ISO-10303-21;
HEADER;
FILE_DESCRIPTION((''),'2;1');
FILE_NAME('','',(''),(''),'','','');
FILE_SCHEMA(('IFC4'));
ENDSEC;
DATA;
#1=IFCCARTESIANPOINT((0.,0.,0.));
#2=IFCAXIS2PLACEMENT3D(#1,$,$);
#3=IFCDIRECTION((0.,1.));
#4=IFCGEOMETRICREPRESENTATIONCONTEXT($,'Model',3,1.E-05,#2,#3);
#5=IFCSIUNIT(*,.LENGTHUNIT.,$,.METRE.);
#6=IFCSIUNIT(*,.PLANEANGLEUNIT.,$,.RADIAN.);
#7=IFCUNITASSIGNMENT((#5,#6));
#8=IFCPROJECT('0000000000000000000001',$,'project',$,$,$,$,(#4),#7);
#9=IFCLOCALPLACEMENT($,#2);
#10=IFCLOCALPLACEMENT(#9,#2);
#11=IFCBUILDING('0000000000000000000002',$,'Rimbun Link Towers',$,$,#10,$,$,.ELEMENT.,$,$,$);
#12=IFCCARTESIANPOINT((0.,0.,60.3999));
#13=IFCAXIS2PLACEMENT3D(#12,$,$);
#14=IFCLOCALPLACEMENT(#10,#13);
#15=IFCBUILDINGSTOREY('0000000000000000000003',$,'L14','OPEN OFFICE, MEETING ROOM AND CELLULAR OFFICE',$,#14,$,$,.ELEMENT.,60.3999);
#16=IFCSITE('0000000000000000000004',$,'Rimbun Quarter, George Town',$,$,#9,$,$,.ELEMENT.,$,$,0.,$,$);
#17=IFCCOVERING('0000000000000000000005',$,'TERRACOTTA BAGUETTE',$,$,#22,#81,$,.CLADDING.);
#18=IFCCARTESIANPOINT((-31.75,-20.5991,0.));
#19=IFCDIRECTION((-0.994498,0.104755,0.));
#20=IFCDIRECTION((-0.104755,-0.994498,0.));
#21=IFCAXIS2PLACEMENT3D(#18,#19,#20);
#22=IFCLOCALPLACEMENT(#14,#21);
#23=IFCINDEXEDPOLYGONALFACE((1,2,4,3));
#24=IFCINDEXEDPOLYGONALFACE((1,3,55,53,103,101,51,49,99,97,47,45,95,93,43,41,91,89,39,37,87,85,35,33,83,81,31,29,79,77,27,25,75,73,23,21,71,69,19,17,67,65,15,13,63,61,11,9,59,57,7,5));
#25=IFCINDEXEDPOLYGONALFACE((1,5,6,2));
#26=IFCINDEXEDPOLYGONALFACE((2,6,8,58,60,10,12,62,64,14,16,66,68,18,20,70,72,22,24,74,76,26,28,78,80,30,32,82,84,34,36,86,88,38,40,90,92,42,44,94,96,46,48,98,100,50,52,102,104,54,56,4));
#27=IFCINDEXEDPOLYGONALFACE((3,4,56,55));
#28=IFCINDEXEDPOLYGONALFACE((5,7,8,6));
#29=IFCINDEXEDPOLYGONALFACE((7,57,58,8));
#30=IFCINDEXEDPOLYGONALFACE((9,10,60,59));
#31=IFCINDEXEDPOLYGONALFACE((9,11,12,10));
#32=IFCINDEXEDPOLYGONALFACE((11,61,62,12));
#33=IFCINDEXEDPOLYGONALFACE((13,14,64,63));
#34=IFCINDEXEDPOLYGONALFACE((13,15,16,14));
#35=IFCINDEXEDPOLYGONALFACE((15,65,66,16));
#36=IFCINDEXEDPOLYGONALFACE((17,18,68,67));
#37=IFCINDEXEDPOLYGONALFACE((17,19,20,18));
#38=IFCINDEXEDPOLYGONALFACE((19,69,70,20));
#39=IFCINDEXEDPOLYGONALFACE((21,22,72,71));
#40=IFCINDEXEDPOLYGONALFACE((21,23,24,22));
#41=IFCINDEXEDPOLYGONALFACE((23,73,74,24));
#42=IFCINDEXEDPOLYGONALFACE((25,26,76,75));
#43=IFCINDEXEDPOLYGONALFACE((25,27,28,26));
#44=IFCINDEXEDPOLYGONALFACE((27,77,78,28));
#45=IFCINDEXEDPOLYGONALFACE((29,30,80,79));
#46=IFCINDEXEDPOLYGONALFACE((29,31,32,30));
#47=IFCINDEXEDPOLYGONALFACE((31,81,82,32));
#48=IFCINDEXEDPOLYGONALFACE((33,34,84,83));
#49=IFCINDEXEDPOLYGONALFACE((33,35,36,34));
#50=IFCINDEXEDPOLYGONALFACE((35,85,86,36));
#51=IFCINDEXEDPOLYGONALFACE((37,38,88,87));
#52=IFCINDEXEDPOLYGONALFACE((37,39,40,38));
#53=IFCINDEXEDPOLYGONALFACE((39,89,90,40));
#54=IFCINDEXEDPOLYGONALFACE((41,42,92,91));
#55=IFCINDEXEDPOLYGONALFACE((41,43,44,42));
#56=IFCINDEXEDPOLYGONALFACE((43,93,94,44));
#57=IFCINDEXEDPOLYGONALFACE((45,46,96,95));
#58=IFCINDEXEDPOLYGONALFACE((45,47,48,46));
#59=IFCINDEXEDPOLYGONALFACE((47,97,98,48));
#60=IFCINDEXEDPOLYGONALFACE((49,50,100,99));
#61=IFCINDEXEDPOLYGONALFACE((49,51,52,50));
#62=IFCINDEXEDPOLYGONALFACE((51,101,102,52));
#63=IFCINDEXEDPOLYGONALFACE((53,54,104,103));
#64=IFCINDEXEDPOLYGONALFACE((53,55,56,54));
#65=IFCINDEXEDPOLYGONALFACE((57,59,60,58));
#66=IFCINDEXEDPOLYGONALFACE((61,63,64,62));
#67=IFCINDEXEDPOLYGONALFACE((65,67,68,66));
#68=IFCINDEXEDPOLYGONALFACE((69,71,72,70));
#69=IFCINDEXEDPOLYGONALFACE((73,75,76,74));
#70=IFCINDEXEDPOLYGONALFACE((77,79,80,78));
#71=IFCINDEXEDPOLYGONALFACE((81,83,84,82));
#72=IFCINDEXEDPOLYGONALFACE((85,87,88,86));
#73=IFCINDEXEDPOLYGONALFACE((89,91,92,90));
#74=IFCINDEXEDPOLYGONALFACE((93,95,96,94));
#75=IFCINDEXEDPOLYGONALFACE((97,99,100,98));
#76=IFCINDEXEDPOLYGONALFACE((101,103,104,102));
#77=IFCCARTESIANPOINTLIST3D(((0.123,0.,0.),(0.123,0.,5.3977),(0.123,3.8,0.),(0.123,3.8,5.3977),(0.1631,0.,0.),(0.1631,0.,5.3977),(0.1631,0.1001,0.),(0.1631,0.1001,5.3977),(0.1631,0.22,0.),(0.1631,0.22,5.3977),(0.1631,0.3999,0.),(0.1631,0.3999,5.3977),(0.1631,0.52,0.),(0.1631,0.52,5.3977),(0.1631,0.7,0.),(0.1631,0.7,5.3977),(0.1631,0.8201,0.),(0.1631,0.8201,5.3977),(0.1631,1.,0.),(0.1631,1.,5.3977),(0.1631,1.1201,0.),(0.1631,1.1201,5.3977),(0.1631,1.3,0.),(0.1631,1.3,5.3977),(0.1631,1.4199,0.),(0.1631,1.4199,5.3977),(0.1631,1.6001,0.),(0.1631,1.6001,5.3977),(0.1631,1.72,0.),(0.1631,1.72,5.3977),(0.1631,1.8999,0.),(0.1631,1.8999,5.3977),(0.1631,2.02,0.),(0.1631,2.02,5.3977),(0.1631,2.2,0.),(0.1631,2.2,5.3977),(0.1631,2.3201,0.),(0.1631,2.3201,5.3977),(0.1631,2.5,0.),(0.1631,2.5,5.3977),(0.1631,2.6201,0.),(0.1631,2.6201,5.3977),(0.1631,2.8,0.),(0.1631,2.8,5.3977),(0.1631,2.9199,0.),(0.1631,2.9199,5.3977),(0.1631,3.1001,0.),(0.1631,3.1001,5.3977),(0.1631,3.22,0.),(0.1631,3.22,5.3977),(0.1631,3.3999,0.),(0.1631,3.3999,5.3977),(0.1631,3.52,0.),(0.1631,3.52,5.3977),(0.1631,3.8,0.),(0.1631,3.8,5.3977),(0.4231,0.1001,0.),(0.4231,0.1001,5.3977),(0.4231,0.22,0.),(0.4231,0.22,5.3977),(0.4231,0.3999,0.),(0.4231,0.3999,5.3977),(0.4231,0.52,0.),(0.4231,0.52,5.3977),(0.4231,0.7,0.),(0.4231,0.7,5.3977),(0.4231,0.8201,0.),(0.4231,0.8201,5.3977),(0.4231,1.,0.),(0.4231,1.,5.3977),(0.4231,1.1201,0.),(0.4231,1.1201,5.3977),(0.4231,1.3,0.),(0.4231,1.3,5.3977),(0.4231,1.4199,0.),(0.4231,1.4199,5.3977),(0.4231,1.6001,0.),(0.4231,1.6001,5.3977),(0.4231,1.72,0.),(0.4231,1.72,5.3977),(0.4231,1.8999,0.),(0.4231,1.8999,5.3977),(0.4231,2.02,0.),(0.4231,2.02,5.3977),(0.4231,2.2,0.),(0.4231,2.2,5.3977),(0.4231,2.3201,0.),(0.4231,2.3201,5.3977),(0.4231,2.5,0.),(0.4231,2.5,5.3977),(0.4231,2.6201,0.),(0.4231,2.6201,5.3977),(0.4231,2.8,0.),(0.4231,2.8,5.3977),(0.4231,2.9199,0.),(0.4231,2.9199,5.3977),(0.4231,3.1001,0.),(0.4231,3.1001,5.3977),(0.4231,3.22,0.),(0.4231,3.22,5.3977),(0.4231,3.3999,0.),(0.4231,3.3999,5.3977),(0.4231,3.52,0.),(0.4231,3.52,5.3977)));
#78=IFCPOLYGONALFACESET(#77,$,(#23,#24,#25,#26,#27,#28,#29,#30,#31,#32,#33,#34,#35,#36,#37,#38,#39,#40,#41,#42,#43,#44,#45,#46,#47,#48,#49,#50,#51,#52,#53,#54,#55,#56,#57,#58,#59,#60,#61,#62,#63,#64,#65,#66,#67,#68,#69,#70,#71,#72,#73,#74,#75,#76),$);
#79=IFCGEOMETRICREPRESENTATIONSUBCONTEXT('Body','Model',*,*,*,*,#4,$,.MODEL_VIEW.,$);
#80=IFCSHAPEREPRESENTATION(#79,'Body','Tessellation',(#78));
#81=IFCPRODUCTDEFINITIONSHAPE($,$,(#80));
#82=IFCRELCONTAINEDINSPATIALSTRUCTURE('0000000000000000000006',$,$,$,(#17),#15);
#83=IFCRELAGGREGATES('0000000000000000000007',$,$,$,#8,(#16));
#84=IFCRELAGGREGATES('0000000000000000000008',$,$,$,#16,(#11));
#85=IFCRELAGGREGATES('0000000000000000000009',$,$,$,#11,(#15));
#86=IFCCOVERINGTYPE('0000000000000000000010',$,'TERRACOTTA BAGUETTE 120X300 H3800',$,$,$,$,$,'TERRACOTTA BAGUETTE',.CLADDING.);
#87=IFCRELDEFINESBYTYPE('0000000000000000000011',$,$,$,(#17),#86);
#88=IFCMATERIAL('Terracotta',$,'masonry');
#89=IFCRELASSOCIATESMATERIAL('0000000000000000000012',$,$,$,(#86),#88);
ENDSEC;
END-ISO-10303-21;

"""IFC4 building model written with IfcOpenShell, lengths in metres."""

from ifc_helpers import new_model, si_unit, direction, frame, origin, place, context, subcontext, project, spatial, polyline, outline, extrude, material, material_profile, profile_set, type_object, element, save


model = new_model("IFC4")

# Units and contexts
model_context = context("Model", 3, precision=1e-05, world=origin(), true_north=direction((0.0, 1.0)))
body_context = subcontext(model_context, "Body", "Model", "MODEL_VIEW")
ifc_project = project(units=[si_unit("LENGTHUNIT", "METRE"), si_unit("PLANEANGLEUNIT", "RADIAN")], contexts=[model_context])

# Site, building, storey
site_placement = place(None, origin())
site = spatial("IfcSite", under=ifc_project, at=site_placement, Name="Rimbun Quarter, George Town", CompositionType="ELEMENT", RefElevation=0.0)
building_placement = place(site_placement, origin())
building = spatial("IfcBuilding", under=site, at=building_placement, Name="Rimbun Link Towers", CompositionType="ELEMENT")
storey_placement = place(building_placement, frame((0.0, 0.0, 60.3999)))
storey = spatial("IfcBuildingStorey", under=building, at=storey_placement, Name="L14", Description="OPEN OFFICE, MEETING ROOM AND CELLULAR OFFICE", CompositionType="ELEMENT", Elevation=60.3999)

# Covering
ifc_material_1 = material(Name="Terracotta", Category="masonry")
ifc_material_profile_1 = material_profile(ifc_material_1, outline(polyline([(0.123, 0.0), (0.1631, 0.0), (0.1631, 0.1001), (0.4231, 0.1001), (0.4231, 0.22), (0.1631, 0.22), (0.1631, 0.3999), (0.4231, 0.3999), (0.4231, 0.52), (0.1631, 0.52), (0.1631, 0.7), (0.4231, 0.7), (0.4231, 0.8201), (0.1631, 0.8201), (0.1631, 1.0), (0.4231, 1.0), (0.4231, 1.1201), (0.1631, 1.1201), (0.1631, 1.3), (0.4231, 1.3), (0.4231, 1.4199), (0.1631, 1.4199), (0.1631, 1.6001), (0.4231, 1.6001), (0.4231, 1.72), (0.1631, 1.72), (0.1631, 1.8999), (0.4231, 1.8999), (0.4231, 2.02), (0.1631, 2.02), (0.1631, 2.2), (0.4231, 2.2), (0.4231, 2.3201), (0.1631, 2.3201), (0.1631, 2.5), (0.4231, 2.5), (0.4231, 2.6201), (0.1631, 2.6201), (0.1631, 2.8), (0.4231, 2.8), (0.4231, 2.9199), (0.1631, 2.9199), (0.1631, 3.1001), (0.4231, 3.1001), (0.4231, 3.22), (0.1631, 3.22), (0.1631, 3.3999), (0.4231, 3.3999), (0.4231, 3.52), (0.1631, 3.52), (0.1631, 3.8), (0.123, 3.8), (0.123, 0.0)])), Name="BAGUETTE 120X300")
ifc_profile_set_1 = profile_set([ifc_material_profile_1], Name="Terracotta")
covering_type = type_object("IfcCoveringType", Name="TERRACOTTA BAGUETTE 120X300 H3800", ElementType="TERRACOTTA BAGUETTE", PredefinedType="CLADDING", material=ifc_profile_set_1)
covering_1_placement = place(storey_placement, frame((-31.75, -20.5991, 0.0), z_axis=(-0.994498, 0.104755, 0.0), x_axis=(-0.104755, -0.994498, 0.0)))
element("IfcCovering", 1, at=covering_1_placement, inside=storey, type_object=covering_type, Name="TERRACOTTA BAGUETTE", PredefinedType="CLADDING", context=body_context, shape_type="SweptSolid", body=[
    extrude(outline(polyline([(0.123, 0.0), (0.1631, 0.0), (0.1631, 0.1001), (0.4231, 0.1001), (0.4231, 0.22), (0.1631, 0.22), (0.1631, 0.3999), (0.4231, 0.3999), (0.4231, 0.52), (0.1631, 0.52), (0.1631, 0.7), (0.4231, 0.7), (0.4231, 0.8201), (0.1631, 0.8201), (0.1631, 1.0), (0.4231, 1.0), (0.4231, 1.1201), (0.1631, 1.1201), (0.1631, 1.3), (0.4231, 1.3), (0.4231, 1.4199), (0.1631, 1.4199), (0.1631, 1.6001), (0.4231, 1.6001), (0.4231, 1.72), (0.1631, 1.72), (0.1631, 1.8999), (0.4231, 1.8999), (0.4231, 2.02), (0.1631, 2.02), (0.1631, 2.2), (0.4231, 2.2), (0.4231, 2.3201), (0.1631, 2.3201), (0.1631, 2.5), (0.4231, 2.5), (0.4231, 2.6201), (0.1631, 2.6201), (0.1631, 2.8), (0.4231, 2.8), (0.4231, 2.9199), (0.1631, 2.9199), (0.1631, 3.1001), (0.4231, 3.1001), (0.4231, 3.22), (0.1631, 3.22), (0.1631, 3.3999), (0.4231, 3.3999), (0.4231, 3.52), (0.1631, 3.52), (0.1631, 3.8), (0.123, 3.8), (0.123, 0.0)])), origin(), (0.0, 0.0, 1.0), 5.3977),
])

save(model, "model.ifc")
